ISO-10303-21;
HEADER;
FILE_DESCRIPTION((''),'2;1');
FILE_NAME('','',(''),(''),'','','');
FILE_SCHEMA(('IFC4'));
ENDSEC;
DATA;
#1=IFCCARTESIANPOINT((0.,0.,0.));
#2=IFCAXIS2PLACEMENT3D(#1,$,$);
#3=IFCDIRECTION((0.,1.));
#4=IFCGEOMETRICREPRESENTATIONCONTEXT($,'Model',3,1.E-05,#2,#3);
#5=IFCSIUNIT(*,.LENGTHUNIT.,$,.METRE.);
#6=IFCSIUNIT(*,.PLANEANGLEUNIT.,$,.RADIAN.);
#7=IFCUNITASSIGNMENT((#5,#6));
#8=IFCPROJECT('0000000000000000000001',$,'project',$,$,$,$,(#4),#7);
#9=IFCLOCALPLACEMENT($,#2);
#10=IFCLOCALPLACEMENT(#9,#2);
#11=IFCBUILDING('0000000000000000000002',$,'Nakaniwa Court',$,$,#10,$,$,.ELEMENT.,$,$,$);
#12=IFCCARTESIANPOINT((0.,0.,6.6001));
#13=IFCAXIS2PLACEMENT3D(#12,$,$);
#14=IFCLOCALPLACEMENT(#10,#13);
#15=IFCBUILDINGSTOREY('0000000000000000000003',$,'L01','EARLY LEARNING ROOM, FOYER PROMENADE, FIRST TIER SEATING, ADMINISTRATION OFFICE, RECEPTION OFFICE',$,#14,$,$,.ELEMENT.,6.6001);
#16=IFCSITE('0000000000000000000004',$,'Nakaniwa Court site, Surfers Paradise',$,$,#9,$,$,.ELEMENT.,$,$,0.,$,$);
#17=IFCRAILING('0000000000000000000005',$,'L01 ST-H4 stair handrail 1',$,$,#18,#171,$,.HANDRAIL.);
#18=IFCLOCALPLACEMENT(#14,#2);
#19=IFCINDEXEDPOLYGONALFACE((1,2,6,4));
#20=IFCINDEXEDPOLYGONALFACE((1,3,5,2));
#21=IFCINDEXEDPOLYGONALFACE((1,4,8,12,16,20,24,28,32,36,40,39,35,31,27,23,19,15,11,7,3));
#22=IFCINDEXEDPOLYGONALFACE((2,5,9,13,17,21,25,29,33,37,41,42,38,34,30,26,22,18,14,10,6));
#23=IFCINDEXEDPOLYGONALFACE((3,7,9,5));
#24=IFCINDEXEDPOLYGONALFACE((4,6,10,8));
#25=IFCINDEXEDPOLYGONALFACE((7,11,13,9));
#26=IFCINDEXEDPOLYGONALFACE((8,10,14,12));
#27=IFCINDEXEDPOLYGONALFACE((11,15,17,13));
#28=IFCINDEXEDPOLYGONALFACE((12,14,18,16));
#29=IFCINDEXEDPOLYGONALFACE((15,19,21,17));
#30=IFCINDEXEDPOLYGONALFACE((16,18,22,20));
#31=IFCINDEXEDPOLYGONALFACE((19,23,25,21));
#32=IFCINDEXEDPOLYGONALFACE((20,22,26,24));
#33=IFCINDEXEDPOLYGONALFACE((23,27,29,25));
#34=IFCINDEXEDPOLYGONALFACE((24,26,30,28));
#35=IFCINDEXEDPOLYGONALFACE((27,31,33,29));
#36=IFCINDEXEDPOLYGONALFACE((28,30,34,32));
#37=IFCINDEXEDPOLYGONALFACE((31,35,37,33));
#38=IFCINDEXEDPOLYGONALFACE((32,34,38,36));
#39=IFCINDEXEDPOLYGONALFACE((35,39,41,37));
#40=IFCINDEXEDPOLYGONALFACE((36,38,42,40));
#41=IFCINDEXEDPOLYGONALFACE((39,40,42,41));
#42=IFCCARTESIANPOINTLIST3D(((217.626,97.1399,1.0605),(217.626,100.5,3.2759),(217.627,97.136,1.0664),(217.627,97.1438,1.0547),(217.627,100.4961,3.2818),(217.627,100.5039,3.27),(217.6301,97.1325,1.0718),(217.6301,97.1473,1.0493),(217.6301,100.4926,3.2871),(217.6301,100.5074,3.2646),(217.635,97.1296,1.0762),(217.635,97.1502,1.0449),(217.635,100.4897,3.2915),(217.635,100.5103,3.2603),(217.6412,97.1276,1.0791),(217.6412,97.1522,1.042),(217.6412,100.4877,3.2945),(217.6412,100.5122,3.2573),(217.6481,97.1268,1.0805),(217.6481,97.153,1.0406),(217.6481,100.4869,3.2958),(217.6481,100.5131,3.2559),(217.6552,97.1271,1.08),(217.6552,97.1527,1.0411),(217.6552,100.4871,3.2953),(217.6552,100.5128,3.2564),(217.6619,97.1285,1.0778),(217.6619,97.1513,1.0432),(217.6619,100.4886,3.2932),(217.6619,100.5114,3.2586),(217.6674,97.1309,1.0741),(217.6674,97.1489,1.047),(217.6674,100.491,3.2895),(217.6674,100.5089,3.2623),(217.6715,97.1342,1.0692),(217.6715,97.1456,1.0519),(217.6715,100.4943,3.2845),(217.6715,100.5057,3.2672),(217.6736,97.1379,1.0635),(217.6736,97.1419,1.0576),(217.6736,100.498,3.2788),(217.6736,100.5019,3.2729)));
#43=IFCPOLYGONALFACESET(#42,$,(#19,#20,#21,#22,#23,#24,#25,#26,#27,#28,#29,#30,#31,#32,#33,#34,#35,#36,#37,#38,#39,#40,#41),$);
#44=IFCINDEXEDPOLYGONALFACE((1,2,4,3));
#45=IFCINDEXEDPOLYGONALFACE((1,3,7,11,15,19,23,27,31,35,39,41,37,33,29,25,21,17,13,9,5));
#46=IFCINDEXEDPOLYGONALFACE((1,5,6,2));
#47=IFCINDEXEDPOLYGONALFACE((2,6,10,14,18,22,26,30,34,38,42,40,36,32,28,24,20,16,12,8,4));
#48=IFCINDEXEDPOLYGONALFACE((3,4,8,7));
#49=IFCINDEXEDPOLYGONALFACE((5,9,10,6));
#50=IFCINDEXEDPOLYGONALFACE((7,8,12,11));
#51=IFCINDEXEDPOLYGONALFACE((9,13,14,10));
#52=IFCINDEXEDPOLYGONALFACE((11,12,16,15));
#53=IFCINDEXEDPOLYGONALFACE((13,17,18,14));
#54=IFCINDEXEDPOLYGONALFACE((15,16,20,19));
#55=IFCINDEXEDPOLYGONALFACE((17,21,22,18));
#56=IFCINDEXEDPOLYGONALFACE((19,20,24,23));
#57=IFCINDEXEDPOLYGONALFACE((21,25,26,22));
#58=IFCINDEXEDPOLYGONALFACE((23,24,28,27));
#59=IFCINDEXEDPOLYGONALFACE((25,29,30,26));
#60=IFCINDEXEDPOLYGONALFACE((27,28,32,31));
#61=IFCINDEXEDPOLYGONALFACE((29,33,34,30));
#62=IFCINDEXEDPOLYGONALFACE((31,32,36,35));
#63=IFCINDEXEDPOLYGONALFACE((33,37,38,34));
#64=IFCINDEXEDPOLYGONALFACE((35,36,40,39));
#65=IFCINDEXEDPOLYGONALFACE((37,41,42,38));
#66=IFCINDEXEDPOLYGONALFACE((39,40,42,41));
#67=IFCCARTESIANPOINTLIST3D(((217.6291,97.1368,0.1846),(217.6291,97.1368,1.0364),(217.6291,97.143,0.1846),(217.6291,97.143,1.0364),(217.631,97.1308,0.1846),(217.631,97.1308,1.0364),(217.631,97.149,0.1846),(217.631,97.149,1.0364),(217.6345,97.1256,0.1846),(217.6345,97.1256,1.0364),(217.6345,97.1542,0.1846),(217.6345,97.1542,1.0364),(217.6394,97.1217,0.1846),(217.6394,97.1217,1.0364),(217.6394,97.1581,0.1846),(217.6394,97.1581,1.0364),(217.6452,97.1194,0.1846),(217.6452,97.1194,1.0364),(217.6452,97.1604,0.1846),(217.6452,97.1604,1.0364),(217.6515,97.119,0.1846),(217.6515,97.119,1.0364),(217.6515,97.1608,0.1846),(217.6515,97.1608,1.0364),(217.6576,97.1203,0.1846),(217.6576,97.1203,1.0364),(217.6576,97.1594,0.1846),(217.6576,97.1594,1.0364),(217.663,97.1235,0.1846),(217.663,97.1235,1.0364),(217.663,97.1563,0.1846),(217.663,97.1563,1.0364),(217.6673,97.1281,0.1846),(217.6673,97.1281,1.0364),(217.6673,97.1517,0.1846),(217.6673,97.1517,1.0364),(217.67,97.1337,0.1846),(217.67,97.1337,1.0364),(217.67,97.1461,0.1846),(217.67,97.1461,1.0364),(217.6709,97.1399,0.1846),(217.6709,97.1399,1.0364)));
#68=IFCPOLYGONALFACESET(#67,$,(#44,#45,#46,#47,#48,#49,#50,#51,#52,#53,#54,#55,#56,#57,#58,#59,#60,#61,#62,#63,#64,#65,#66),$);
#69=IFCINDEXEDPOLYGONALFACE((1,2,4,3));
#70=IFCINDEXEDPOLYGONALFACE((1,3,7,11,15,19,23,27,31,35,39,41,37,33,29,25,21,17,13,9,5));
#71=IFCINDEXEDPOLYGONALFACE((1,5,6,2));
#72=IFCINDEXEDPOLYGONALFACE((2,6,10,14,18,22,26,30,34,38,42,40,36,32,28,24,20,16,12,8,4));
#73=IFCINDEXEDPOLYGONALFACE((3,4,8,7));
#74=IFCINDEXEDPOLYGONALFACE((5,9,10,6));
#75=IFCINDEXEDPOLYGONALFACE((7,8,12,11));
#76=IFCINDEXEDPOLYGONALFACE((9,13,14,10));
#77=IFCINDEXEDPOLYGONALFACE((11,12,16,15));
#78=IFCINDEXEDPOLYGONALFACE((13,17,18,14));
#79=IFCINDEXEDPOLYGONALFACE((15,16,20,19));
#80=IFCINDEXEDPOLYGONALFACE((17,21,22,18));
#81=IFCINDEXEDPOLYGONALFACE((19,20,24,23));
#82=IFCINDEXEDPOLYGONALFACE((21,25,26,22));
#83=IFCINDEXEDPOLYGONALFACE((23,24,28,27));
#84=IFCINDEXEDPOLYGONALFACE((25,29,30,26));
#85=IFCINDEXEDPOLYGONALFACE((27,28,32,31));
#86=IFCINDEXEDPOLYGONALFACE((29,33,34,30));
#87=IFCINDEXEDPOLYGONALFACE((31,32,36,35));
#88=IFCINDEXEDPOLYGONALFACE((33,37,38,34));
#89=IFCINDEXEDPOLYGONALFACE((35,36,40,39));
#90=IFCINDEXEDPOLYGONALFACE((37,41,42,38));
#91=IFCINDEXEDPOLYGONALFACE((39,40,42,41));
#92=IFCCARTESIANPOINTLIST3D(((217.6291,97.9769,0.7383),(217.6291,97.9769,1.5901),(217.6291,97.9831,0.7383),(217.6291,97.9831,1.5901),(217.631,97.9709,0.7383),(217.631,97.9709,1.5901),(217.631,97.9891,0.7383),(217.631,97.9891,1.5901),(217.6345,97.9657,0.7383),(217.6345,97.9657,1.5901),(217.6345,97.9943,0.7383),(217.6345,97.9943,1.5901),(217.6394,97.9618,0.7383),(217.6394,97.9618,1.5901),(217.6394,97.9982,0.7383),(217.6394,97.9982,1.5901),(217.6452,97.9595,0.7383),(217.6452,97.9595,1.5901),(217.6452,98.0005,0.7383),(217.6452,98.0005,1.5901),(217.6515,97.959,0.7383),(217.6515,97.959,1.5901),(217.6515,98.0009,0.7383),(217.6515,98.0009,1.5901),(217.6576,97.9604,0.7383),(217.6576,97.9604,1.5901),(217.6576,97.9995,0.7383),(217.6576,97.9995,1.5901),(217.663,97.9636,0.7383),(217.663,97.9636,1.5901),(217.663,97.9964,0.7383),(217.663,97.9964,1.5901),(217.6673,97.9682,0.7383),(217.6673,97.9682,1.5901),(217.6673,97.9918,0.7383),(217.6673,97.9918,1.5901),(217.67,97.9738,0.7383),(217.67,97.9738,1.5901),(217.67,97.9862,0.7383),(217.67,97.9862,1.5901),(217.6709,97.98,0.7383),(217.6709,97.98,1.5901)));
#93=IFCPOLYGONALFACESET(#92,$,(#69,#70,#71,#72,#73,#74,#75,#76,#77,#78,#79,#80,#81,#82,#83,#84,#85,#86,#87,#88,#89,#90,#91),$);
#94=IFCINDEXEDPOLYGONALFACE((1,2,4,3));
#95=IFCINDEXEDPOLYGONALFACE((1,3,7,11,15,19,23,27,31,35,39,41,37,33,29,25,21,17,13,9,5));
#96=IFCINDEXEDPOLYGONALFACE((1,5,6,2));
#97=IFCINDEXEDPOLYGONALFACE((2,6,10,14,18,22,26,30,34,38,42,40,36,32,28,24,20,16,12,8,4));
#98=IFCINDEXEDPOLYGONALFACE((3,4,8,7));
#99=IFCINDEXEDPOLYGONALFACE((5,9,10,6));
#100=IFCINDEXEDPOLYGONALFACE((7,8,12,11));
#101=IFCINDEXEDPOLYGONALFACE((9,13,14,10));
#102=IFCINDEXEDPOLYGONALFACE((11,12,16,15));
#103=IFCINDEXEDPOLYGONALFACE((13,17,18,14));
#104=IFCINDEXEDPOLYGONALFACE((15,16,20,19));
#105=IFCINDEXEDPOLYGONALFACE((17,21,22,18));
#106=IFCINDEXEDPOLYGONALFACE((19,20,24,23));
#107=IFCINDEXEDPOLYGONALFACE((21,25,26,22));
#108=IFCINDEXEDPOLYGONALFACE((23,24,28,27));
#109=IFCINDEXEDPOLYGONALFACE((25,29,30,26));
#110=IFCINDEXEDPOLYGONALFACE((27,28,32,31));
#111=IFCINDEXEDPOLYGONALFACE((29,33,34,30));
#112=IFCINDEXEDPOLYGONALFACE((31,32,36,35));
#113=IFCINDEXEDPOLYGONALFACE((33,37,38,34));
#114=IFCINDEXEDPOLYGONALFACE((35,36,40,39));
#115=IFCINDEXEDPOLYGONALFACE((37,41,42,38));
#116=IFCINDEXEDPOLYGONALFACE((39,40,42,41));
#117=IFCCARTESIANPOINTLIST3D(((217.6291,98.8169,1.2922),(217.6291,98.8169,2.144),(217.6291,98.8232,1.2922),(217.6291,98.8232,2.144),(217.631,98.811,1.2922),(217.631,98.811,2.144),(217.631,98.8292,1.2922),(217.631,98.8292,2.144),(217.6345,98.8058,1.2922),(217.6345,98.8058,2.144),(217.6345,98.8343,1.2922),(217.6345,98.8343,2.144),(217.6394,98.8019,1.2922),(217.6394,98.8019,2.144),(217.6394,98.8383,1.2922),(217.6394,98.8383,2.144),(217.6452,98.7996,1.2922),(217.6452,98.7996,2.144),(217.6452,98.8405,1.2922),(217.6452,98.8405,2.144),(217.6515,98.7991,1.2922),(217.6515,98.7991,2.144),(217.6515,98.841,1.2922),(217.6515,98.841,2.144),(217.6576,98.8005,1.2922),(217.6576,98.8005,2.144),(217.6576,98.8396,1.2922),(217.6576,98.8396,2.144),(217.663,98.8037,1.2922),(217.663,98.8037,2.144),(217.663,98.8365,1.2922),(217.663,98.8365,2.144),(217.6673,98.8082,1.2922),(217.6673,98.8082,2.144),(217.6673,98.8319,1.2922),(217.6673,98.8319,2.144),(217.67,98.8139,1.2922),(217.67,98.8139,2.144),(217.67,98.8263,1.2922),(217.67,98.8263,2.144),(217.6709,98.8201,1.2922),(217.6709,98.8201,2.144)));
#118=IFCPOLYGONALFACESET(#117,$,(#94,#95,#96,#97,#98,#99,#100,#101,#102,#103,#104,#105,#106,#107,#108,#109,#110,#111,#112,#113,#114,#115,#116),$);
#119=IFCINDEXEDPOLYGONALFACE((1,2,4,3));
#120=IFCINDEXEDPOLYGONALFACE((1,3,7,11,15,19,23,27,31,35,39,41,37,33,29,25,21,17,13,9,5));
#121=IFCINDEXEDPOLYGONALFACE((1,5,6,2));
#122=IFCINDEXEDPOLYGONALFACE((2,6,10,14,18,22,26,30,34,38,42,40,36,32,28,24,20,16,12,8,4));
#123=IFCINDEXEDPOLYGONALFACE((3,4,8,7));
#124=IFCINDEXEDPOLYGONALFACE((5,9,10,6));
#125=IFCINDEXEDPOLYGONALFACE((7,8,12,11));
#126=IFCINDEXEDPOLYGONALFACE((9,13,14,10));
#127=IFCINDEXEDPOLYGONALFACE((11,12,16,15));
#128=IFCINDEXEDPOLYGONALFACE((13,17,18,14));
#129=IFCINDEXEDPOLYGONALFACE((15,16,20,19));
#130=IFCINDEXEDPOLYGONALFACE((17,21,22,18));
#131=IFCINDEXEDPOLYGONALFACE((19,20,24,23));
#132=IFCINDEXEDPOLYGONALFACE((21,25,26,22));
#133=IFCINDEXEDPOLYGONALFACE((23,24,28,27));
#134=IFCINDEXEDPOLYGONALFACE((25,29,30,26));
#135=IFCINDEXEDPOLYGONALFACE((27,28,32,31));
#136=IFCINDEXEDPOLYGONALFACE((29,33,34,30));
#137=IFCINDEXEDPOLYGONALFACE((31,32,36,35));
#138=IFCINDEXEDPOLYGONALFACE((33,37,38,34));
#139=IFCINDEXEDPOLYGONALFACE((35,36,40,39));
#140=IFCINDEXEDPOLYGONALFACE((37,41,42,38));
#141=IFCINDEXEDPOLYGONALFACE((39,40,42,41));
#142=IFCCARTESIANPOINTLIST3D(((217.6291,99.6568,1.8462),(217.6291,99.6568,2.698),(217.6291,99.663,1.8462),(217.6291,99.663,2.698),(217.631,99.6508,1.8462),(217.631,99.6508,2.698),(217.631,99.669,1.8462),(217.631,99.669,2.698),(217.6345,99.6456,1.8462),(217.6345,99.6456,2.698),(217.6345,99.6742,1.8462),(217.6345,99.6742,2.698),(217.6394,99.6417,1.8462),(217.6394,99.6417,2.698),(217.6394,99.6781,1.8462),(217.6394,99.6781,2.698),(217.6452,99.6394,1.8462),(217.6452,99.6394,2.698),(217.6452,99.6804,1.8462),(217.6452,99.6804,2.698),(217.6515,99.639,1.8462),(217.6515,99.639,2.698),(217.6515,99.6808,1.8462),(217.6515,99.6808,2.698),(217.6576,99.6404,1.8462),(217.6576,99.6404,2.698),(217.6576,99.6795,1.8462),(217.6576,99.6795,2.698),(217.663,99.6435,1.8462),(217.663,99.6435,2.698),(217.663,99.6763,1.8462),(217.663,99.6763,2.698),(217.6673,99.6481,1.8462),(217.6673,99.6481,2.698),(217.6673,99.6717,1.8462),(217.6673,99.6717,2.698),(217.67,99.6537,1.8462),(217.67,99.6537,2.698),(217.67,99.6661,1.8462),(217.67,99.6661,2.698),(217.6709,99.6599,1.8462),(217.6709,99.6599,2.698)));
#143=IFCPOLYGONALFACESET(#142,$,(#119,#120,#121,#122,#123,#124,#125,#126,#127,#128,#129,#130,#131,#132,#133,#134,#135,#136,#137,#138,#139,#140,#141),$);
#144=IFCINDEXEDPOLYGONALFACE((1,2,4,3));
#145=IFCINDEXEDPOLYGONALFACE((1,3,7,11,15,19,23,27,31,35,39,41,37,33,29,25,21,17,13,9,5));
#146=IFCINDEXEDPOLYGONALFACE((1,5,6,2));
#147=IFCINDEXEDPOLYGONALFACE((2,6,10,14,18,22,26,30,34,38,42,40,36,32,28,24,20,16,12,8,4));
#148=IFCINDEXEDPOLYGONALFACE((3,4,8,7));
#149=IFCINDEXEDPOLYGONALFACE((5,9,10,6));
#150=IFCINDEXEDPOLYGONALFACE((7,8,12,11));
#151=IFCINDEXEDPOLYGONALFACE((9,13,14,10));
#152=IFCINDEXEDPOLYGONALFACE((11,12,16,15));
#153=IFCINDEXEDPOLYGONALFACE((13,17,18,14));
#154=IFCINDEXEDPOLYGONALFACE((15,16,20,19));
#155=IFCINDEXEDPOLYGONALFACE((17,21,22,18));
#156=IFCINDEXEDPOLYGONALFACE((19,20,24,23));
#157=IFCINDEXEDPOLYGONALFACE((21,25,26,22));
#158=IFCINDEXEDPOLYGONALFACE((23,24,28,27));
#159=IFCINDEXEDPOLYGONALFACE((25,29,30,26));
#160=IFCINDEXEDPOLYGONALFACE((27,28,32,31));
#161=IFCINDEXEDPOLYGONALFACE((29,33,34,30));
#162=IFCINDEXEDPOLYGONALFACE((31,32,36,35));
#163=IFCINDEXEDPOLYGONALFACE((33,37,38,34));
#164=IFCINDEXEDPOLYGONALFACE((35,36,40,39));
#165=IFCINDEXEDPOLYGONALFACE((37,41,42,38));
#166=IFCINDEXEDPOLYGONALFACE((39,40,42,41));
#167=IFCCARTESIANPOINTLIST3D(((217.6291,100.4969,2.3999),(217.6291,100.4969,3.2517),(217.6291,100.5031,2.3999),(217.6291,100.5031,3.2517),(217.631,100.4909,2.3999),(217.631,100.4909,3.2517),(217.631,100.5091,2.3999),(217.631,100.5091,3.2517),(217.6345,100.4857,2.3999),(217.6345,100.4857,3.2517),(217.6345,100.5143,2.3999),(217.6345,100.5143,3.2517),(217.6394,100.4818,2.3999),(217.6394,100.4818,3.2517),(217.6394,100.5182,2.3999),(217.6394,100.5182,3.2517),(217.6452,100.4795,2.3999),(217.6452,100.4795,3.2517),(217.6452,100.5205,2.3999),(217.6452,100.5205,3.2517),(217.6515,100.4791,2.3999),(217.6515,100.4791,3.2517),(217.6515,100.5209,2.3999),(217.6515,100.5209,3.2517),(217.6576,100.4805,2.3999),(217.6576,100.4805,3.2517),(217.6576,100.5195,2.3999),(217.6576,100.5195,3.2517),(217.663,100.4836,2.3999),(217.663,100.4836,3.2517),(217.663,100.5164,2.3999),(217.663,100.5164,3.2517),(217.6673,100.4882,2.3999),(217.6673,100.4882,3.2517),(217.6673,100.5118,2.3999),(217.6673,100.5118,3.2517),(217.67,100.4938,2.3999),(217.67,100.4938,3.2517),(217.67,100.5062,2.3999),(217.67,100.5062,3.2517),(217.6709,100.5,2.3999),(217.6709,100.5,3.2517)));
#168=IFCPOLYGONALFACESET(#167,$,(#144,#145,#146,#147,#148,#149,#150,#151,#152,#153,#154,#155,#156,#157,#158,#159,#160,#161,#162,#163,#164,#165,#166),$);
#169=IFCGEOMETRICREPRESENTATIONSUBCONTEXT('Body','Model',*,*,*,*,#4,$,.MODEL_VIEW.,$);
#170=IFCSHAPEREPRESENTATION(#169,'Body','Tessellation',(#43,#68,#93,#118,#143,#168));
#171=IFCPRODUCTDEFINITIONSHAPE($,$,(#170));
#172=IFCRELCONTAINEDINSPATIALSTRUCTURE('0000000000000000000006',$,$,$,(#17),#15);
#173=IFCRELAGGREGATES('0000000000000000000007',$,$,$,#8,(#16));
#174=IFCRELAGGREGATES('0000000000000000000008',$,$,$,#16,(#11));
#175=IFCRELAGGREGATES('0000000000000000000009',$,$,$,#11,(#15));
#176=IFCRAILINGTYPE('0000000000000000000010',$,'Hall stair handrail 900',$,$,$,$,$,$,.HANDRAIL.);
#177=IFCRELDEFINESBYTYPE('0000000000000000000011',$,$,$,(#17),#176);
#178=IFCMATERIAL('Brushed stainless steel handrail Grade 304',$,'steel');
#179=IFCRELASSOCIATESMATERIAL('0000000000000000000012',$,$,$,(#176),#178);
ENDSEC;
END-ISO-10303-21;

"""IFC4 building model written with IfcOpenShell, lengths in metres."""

from ifc_helpers import new_model, si_unit, direction, frame, origin, origin_2d, place, context, subcontext, project, spatial, circle, extrude, material, type_object, element, save


model = new_model("IFC4")

# Units and contexts
model_context = context("Model", 3, precision=1e-05, world=origin(), true_north=direction((0.0, 1.0)))
body_context = subcontext(model_context, "Body", "Model", "MODEL_VIEW")
ifc_project = project(units=[si_unit("LENGTHUNIT", "METRE"), si_unit("PLANEANGLEUNIT", "RADIAN")], contexts=[model_context])

# Site, building, storey
site_placement = place(None, origin())
site = spatial("IfcSite", under=ifc_project, at=site_placement, Name="Nakaniwa Court site, Surfers Paradise", CompositionType="ELEMENT", RefElevation=0.0)
building_placement = place(site_placement, origin())
building = spatial("IfcBuilding", under=site, at=building_placement, Name="Nakaniwa Court", CompositionType="ELEMENT")
storey_placement = place(building_placement, frame((0.0, 0.0, 6.6001)))
storey = spatial("IfcBuildingStorey", under=building, at=storey_placement, Name="L01", Description="EARLY LEARNING ROOM, FOYER PROMENADE, FIRST TIER SEATING, ADMINISTRATION OFFICE, RECEPTION OFFICE", CompositionType="ELEMENT", Elevation=6.6001)

# Railing
ifc_material_1 = material(Name="Brushed stainless steel handrail Grade 304", Category="steel")
railing_type_1 = type_object("IfcRailingType", Name="Hall stair handrail 900", PredefinedType="HANDRAIL", material=ifc_material_1)
railing_1_placement = place(storey_placement, frame((217.6499, 97.1399, 0.1846)))
element("IfcRailing", 1, at=railing_1_placement, inside=storey, type_object=railing_type_1, Name="L01 ST-H4 stair handrail 1", PredefinedType="HANDRAIL", context=body_context, shape_type="SweptSolid", body=[
    extrude(circle(Radius=0.0239, at=origin_2d()), frame((0.0, 0.0, 0.876), z_axis=(0.0, 0.834876, 0.550437), x_axis=(-1.0, 0.0, 0.0)), (0.0, 0.0, 1.0), 4.0247),
    extrude(circle(Radius=0.021, at=origin_2d()), origin(), (0.0, 0.0, 1.0), 0.8518),
    extrude(circle(Radius=0.021, at=origin_2d()), frame((0.0, 0.8401, 0.5537)), (0.0, 0.0, 1.0), 0.8518),
    extrude(circle(Radius=0.021, at=origin_2d()), frame((0.0, 1.6802, 1.1077)), (0.0, 0.0, 1.0), 0.8518),
    extrude(circle(Radius=0.021, at=origin_2d()), frame((0.0, 2.52, 1.6616)), (0.0, 0.0, 1.0), 0.8518),
    extrude(circle(Radius=0.021, at=origin_2d()), frame((0.0, 3.3601, 2.2153)), (0.0, 0.0, 1.0), 0.8518),
])

save(model, "model.ifc")
